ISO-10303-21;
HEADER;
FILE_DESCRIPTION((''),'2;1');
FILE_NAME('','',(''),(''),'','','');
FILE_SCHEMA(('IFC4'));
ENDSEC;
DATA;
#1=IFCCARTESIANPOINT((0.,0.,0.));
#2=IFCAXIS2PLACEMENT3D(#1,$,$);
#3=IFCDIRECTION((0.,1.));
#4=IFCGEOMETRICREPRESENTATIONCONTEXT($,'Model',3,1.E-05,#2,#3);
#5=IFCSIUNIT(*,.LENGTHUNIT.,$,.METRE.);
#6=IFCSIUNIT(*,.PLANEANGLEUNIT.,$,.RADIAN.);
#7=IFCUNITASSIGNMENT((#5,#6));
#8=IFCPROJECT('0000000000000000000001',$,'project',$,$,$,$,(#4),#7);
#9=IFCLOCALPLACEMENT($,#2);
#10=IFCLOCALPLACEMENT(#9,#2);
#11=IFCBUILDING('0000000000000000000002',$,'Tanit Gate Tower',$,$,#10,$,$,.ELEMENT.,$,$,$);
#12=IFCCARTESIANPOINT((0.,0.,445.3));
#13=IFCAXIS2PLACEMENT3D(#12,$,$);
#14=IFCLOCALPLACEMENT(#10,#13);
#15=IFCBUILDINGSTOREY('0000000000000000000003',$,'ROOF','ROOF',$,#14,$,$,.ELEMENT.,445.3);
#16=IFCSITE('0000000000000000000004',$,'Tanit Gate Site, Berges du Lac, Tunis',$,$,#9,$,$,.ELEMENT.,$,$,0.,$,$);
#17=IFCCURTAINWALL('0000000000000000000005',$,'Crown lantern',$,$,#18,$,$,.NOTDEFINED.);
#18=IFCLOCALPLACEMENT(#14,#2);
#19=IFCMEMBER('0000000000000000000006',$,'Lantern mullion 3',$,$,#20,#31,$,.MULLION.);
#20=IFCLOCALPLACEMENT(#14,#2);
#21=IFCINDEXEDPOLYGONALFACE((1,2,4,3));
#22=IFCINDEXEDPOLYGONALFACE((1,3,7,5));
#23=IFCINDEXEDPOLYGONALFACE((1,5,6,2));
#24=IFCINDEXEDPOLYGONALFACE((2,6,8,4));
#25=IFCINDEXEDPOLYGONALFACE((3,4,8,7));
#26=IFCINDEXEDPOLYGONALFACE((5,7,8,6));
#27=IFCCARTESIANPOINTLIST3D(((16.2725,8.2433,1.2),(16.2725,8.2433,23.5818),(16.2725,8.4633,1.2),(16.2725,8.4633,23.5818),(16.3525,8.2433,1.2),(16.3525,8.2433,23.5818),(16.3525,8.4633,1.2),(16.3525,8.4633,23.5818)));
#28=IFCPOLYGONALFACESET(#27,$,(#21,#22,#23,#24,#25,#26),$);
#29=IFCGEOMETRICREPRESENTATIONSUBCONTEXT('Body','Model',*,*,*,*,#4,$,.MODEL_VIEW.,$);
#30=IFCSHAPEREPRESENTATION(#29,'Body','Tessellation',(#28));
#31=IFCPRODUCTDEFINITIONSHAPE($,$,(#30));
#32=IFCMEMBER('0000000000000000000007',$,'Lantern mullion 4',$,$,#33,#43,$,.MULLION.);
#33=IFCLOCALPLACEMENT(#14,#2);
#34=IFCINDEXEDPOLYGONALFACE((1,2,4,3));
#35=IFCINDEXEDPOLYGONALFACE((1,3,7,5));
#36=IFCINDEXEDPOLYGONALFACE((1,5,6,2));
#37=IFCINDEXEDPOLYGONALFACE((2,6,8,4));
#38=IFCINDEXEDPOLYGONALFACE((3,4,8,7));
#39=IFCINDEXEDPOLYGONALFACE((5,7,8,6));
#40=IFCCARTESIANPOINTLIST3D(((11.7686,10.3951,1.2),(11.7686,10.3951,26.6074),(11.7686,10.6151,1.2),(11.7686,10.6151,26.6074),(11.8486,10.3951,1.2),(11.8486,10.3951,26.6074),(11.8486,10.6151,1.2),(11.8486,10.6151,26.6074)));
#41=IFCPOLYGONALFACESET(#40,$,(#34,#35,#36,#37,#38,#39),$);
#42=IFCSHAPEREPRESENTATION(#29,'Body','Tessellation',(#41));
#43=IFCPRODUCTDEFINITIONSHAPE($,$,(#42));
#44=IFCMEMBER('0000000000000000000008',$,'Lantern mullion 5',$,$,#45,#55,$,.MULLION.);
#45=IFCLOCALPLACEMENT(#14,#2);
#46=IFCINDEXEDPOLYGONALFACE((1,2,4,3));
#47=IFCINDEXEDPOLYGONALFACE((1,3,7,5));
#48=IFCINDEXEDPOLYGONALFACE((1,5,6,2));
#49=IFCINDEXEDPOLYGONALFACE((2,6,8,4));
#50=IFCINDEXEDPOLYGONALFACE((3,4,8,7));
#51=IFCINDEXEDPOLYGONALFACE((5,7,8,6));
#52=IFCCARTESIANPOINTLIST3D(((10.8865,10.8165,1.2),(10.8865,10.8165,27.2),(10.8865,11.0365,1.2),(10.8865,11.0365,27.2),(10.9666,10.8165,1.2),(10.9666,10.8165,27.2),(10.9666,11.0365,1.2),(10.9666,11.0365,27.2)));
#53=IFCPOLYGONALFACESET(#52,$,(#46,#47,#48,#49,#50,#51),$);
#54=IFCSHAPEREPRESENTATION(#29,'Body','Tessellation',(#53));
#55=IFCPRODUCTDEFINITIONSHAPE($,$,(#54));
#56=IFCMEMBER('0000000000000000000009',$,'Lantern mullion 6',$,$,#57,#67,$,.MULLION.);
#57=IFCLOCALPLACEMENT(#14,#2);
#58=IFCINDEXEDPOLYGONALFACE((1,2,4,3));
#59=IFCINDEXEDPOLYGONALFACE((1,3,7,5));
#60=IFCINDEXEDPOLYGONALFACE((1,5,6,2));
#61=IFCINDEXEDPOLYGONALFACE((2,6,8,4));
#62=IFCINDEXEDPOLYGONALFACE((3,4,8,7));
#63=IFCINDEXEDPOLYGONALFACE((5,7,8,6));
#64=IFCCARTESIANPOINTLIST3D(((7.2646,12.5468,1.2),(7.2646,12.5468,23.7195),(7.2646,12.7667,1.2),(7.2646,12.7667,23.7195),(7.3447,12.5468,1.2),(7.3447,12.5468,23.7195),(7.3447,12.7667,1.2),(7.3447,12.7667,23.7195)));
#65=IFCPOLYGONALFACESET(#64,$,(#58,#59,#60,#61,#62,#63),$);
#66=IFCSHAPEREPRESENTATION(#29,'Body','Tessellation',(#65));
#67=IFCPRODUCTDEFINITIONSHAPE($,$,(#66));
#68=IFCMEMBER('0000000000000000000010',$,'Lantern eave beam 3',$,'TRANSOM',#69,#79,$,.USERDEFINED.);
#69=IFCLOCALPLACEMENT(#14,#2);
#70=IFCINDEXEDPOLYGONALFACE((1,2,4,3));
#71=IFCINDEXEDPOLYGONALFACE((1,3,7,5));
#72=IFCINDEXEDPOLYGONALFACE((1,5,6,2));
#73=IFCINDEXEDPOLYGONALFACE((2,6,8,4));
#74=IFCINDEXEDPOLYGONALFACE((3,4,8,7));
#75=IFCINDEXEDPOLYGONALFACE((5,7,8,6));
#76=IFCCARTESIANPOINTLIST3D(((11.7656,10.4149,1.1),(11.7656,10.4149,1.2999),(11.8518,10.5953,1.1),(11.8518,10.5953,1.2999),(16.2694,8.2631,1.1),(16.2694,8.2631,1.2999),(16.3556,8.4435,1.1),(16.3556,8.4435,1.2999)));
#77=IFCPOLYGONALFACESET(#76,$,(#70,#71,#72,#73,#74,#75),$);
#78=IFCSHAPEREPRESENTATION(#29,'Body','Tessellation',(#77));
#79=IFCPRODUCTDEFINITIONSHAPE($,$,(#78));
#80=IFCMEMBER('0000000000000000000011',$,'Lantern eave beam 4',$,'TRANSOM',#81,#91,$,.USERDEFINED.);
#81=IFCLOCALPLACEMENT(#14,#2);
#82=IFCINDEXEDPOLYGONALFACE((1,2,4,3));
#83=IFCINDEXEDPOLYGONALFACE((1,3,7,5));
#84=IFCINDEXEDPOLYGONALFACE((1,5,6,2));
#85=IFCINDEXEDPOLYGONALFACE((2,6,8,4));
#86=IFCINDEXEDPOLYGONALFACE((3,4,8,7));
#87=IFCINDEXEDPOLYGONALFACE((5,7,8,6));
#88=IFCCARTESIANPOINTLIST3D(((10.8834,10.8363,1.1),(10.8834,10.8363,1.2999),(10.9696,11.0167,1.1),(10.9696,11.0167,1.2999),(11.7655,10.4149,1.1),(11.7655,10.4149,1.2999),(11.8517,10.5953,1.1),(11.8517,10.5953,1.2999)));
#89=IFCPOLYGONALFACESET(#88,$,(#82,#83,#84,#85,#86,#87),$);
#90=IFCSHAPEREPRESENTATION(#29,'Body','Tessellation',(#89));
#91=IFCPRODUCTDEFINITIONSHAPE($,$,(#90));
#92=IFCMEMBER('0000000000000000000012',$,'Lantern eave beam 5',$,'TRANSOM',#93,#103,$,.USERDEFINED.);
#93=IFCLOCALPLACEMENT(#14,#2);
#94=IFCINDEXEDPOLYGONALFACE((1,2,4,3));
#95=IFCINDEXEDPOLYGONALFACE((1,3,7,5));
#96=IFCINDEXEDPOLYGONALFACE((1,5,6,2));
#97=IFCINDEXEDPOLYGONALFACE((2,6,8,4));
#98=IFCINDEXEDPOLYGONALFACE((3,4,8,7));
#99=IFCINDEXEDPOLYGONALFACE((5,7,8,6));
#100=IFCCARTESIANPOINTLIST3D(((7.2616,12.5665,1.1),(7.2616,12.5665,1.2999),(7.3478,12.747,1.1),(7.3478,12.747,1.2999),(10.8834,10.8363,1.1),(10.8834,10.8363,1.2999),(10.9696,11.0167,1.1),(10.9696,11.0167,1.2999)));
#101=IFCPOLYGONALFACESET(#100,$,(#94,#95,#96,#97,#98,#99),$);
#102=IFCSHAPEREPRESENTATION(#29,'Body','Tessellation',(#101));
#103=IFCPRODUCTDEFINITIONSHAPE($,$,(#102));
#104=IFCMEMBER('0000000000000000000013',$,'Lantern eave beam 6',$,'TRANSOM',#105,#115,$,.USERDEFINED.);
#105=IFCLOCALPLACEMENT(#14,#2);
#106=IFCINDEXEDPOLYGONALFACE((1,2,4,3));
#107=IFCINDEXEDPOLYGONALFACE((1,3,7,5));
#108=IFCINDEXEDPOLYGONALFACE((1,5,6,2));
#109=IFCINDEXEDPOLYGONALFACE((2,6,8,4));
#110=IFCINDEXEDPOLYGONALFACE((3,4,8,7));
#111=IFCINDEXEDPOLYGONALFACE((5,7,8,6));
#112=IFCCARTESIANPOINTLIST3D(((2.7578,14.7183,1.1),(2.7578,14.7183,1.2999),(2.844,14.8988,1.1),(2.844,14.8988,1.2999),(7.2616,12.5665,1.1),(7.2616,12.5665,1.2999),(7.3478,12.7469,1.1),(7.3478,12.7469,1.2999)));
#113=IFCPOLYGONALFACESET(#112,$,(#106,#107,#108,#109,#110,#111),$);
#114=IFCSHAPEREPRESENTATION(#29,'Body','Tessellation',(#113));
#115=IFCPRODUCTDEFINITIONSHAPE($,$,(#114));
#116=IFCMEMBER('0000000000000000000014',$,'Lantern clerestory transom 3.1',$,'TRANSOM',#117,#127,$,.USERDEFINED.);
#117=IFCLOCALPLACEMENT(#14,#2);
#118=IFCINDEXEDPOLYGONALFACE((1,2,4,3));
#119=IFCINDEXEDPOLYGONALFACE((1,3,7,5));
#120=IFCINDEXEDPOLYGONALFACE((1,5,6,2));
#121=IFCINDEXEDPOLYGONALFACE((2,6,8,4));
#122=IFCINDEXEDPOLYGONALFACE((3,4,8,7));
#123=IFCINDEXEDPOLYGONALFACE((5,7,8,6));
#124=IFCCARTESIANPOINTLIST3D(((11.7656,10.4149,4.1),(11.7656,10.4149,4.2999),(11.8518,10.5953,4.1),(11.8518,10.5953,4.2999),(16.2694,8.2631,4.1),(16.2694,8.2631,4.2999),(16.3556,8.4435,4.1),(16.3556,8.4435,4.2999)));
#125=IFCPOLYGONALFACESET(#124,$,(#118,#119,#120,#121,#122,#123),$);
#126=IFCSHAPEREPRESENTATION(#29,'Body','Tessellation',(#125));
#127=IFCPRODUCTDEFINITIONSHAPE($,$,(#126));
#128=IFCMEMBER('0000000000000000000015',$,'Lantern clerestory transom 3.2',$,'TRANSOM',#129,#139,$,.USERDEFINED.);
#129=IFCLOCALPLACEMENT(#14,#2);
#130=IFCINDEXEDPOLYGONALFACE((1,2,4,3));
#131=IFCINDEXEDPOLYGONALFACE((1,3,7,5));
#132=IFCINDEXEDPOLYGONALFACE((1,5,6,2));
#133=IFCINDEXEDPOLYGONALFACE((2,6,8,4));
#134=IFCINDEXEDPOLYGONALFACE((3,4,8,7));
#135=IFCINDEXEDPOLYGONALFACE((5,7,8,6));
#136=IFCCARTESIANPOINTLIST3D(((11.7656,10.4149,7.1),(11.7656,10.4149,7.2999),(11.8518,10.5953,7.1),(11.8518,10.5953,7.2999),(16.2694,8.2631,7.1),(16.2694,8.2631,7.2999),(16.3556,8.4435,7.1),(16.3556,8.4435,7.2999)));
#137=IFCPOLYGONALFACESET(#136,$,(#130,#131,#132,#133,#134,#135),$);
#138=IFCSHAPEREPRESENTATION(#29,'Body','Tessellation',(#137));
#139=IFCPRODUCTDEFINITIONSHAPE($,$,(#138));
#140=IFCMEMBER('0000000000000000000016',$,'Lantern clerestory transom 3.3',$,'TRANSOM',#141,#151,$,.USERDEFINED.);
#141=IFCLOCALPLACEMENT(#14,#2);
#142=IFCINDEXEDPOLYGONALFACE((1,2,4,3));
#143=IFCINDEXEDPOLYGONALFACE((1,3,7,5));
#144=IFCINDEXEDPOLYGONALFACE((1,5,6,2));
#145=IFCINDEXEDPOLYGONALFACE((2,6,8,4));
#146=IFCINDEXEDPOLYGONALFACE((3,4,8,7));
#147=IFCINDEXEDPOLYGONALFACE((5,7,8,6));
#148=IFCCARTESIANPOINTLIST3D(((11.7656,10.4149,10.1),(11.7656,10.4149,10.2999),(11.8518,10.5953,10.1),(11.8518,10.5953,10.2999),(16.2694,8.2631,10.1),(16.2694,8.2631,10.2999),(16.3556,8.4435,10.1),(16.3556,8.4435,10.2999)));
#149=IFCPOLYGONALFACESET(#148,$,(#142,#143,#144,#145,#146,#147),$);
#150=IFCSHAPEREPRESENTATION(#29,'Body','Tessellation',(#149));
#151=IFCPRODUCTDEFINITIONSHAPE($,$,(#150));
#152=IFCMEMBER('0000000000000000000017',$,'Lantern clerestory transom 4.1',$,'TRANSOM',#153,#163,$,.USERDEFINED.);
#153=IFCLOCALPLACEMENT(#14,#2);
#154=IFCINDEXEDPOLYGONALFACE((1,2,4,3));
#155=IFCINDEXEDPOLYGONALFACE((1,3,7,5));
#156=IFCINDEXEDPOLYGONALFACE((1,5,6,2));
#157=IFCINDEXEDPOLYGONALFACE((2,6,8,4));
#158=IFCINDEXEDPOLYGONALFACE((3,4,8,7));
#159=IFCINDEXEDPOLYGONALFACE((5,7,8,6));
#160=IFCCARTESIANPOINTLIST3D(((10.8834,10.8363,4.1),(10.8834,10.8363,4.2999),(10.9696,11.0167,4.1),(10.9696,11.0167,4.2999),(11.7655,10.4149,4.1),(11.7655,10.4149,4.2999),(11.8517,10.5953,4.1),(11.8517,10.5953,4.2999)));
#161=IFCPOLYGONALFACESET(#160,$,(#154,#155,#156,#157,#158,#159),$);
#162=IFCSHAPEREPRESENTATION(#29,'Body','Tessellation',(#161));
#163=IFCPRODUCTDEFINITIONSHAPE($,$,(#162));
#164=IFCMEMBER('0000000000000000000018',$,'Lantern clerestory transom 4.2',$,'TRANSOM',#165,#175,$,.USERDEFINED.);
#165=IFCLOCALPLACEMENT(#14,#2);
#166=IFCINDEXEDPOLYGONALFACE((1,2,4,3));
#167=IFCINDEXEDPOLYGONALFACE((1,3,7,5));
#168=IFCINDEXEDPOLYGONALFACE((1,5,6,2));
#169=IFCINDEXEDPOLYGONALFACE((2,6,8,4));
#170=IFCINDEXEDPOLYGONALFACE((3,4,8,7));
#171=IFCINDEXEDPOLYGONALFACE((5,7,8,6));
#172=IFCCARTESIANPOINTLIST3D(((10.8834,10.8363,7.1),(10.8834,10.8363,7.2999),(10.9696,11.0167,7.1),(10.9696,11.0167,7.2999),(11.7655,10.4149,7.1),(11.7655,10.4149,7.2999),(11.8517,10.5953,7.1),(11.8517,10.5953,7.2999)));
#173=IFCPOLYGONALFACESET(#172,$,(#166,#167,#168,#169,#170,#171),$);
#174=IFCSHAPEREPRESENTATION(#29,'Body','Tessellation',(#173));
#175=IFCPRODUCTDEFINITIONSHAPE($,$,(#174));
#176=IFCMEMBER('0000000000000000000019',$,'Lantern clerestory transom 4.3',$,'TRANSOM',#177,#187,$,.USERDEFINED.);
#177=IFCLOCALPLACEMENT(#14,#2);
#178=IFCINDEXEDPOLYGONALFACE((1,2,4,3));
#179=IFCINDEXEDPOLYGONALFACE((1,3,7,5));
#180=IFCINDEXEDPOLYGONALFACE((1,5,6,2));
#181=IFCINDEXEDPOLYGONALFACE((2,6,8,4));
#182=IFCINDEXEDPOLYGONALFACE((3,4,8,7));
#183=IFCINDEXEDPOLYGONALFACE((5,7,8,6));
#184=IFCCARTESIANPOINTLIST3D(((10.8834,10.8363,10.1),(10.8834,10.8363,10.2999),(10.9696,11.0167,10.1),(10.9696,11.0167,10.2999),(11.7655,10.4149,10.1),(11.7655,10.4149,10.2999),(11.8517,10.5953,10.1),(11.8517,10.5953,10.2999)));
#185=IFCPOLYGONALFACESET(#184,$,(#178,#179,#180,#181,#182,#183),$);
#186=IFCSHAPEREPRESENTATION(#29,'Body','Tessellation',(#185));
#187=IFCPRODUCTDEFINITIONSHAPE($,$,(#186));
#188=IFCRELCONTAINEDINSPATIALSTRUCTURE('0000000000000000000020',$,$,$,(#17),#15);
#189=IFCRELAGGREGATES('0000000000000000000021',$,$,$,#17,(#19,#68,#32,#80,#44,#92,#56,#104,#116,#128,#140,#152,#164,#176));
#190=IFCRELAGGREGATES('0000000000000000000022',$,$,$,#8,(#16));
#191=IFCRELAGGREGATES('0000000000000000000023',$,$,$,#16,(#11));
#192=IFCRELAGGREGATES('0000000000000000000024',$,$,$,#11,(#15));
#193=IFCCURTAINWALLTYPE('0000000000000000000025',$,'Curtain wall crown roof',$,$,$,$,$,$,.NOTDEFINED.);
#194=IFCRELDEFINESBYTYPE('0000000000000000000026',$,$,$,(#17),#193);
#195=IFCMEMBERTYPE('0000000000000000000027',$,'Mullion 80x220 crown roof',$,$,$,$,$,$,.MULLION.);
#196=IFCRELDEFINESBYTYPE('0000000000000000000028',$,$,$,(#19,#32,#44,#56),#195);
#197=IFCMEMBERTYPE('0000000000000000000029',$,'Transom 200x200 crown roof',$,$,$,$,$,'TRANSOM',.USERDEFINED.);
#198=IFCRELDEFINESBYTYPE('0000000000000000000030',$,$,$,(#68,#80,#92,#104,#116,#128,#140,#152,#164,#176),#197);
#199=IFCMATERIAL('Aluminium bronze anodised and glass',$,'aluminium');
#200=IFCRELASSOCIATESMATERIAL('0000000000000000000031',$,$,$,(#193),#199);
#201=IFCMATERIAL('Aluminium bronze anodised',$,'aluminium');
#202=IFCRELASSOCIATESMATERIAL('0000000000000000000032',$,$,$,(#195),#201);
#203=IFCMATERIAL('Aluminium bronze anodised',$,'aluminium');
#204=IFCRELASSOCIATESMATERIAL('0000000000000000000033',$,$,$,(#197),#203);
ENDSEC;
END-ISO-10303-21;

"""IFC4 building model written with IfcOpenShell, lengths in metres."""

from ifc_helpers import new_model, si_unit, direction, frame, origin, origin_2d, place, context, subcontext, project, spatial, rectangle, extrude, material, material_profile, profile_set, type_object, element, aggregate, save


model = new_model("IFC4")

# Units and contexts
model_context = context("Model", 3, precision=1e-05, world=origin(), true_north=direction((0.0, 1.0)))
body_context = subcontext(model_context, "Body", "Model", "MODEL_VIEW")
ifc_project = project(units=[si_unit("LENGTHUNIT", "METRE"), si_unit("PLANEANGLEUNIT", "RADIAN")], contexts=[model_context])

# Site, building, storey
site_placement = place(None, origin())
site = spatial("IfcSite", under=ifc_project, at=site_placement, Name="Tanit Gate Site, Berges du Lac, Tunis", CompositionType="ELEMENT", RefElevation=0.0)
building_placement = place(site_placement, origin())
building = spatial("IfcBuilding", under=site, at=building_placement, Name="Tanit Gate Tower", CompositionType="ELEMENT")
storey_placement = place(building_placement, frame((0.0, 0.0, 445.3)))
storey = spatial("IfcBuildingStorey", under=building, at=storey_placement, Name="ROOF", Description="ROOF", CompositionType="ELEMENT", Elevation=445.3)

# Curtain wall, members
ifc_material_1 = material(Name="Aluminium bronze anodised and glass", Category="aluminium")
curtain_wall_type = type_object("IfcCurtainWallType", Name="Curtain wall crown roof", PredefinedType="NOTDEFINED", material=ifc_material_1)
curtain_wall_placement = place(storey_placement, origin())
curtain_wall = element("IfcCurtainWall", 1, at=curtain_wall_placement, inside=storey, type_object=curtain_wall_type, Name="Crown lantern", PredefinedType="NOTDEFINED")
ifc_material_2 = material(Name="Aluminium bronze anodised", Category="aluminium")
ifc_material_profile_1 = material_profile(ifc_material_2, rectangle(XDim=0.0801, YDim=0.22, at=origin_2d()), Name="80x220 bronze rafter")
ifc_profile_set_1 = profile_set([ifc_material_profile_1], Name="Aluminium bronze anodised")
member_type_1 = type_object("IfcMemberType", Name="Mullion 80x220 crown roof", PredefinedType="MULLION", material=ifc_profile_set_1)
member_1_placement = place(storey_placement, frame((16.3125, 8.3533, 1.2), z_axis=(0.0, 0.0, 1.0), x_axis=(1.0, 0.0, 0.0)))
member_1 = element("IfcMember", 2, at=member_1_placement, type_object=member_type_1, Name="Lantern mullion 3", PredefinedType="MULLION", context=body_context, shape_type="SweptSolid", body=[
    extrude(rectangle(XDim=0.0801, YDim=0.22, at=origin_2d()), origin(), (0.0, 0.0, 1.0), 22.3818),
])
member_2_placement = place(storey_placement, frame((11.8086, 10.5051, 1.2), z_axis=(0.0, 0.0, 1.0), x_axis=(1.0, 0.0, 0.0)))
member_2 = element("IfcMember", 3, at=member_2_placement, type_object=member_type_1, Name="Lantern mullion 4", PredefinedType="MULLION", context=body_context, shape_type="SweptSolid", body=[
    extrude(rectangle(XDim=0.0801, YDim=0.22, at=origin_2d()), origin(), (0.0, 0.0, 1.0), 25.4075),
])
member_3_placement = place(storey_placement, frame((10.9265, 10.9265, 1.2), z_axis=(0.0, 0.0, 1.0), x_axis=(1.0, 0.0, 0.0)))
member_3 = element("IfcMember", 4, at=member_3_placement, type_object=member_type_1, Name="Lantern mullion 5", PredefinedType="MULLION", context=body_context, shape_type="SweptSolid", body=[
    extrude(rectangle(XDim=0.0801, YDim=0.22, at=origin_2d()), origin(), (0.0, 0.0, 1.0), 26.0),
])
member_4_placement = place(storey_placement, frame((7.3047, 12.6567, 1.2), z_axis=(0.0, 0.0, 1.0), x_axis=(1.0, 0.0, 0.0)))
member_4 = element("IfcMember", 5, at=member_4_placement, type_object=member_type_1, Name="Lantern mullion 6", PredefinedType="MULLION", context=body_context, shape_type="SweptSolid", body=[
    extrude(rectangle(XDim=0.0801, YDim=0.22, at=origin_2d()), origin(), (0.0, 0.0, 1.0), 22.5195),
])
ifc_material_3 = material(Name="Aluminium bronze anodised", Category="aluminium")
ifc_material_profile_2 = material_profile(ifc_material_3, rectangle(XDim=0.2, YDim=0.2, at=origin_2d()), Name="200x200 bronze transom")
ifc_profile_set_2 = profile_set([ifc_material_profile_2], Name="Aluminium bronze anodised")
member_type_2 = type_object("IfcMemberType", Name="Transom 200x200 crown roof", ElementType="TRANSOM", PredefinedType="USERDEFINED", material=ifc_profile_set_2)
member_5_placement = place(storey_placement, frame((16.3125, 8.3533, 1.2), z_axis=(-0.902305, 0.431099, 0.0), x_axis=(-0.431099, -0.902305, 0.0)))
member_5 = element("IfcMember", 6, at=member_5_placement, type_object=member_type_2, Name="Lantern eave beam 3", ObjectType="TRANSOM", PredefinedType="USERDEFINED", context=body_context, shape_type="SweptSolid", body=[
    extrude(rectangle(XDim=0.2, YDim=0.2, at=origin_2d()), origin(), (0.0, 0.0, 1.0), 4.9915),
])
member_6_placement = place(storey_placement, frame((11.8086, 10.5051, 1.2), z_axis=(-0.902324, 0.431058, 0.0), x_axis=(-0.431058, -0.902324, 0.0)))
member_6 = element("IfcMember", 7, at=member_6_placement, type_object=member_type_2, Name="Lantern eave beam 4", ObjectType="TRANSOM", PredefinedType="USERDEFINED", context=body_context, shape_type="SweptSolid", body=[
    extrude(rectangle(XDim=0.2, YDim=0.2, at=origin_2d()), origin(), (0.0, 0.0, 1.0), 0.9775),
])
member_7_placement = place(storey_placement, frame((10.9265, 10.9265, 1.2), z_axis=(-0.902324, 0.431059, 0.0), x_axis=(-0.431059, -0.902324, 0.0)))
member_7 = element("IfcMember", 8, at=member_7_placement, type_object=member_type_2, Name="Lantern eave beam 5", ObjectType="TRANSOM", PredefinedType="USERDEFINED", context=body_context, shape_type="SweptSolid", body=[
    extrude(rectangle(XDim=0.2, YDim=0.2, at=origin_2d()), origin(), (0.0, 0.0, 1.0), 4.0139),
])
member_8_placement = place(storey_placement, frame((7.3047, 12.6567, 1.2), z_axis=(-0.902305, 0.431099, 0.0), x_axis=(-0.431099, -0.902305, 0.0)))
member_8 = element("IfcMember", 9, at=member_8_placement, type_object=member_type_2, Name="Lantern eave beam 6", ObjectType="TRANSOM", PredefinedType="USERDEFINED", context=body_context, shape_type="SweptSolid", body=[
    extrude(rectangle(XDim=0.2, YDim=0.2, at=origin_2d()), origin(), (0.0, 0.0, 1.0), 4.9915),
])
member_9_placement = place(storey_placement, frame((16.3125, 8.3533, 4.2), z_axis=(-0.902305, 0.431099, 0.0), x_axis=(-0.431099, -0.902305, 0.0)))
member_9 = element("IfcMember", 10, at=member_9_placement, type_object=member_type_2, Name="Lantern clerestory transom 3.1", ObjectType="TRANSOM", PredefinedType="USERDEFINED", context=body_context, shape_type="SweptSolid", body=[
    extrude(rectangle(XDim=0.2, YDim=0.2, at=origin_2d()), origin(), (0.0, 0.0, 1.0), 4.9915),
])
member_10_placement = place(storey_placement, frame((16.3125, 8.3533, 7.2), z_axis=(-0.902305, 0.431099, 0.0), x_axis=(-0.431099, -0.902305, 0.0)))
member_10 = element("IfcMember", 11, at=member_10_placement, type_object=member_type_2, Name="Lantern clerestory transom 3.2", ObjectType="TRANSOM", PredefinedType="USERDEFINED", context=body_context, shape_type="SweptSolid", body=[
    extrude(rectangle(XDim=0.2, YDim=0.2, at=origin_2d()), origin(), (0.0, 0.0, 1.0), 4.9915),
])
member_11_placement = place(storey_placement, frame((16.3125, 8.3533, 10.2), z_axis=(-0.902305, 0.431099, 0.0), x_axis=(-0.431099, -0.902305, 0.0)))
member_11 = element("IfcMember", 12, at=member_11_placement, type_object=member_type_2, Name="Lantern clerestory transom 3.3", ObjectType="TRANSOM", PredefinedType="USERDEFINED", context=body_context, shape_type="SweptSolid", body=[
    extrude(rectangle(XDim=0.2, YDim=0.2, at=origin_2d()), origin(), (0.0, 0.0, 1.0), 4.9915),
])
member_12_placement = place(storey_placement, frame((11.8086, 10.5051, 4.2), z_axis=(-0.902324, 0.431058, 0.0), x_axis=(-0.431058, -0.902324, 0.0)))
member_12 = element("IfcMember", 13, at=member_12_placement, type_object=member_type_2, Name="Lantern clerestory transom 4.1", ObjectType="TRANSOM", PredefinedType="USERDEFINED", context=body_context, shape_type="SweptSolid", body=[
    extrude(rectangle(XDim=0.2, YDim=0.2, at=origin_2d()), origin(), (0.0, 0.0, 1.0), 0.9775),
])
member_13_placement = place(storey_placement, frame((11.8086, 10.5051, 7.2), z_axis=(-0.902324, 0.431058, 0.0), x_axis=(-0.431058, -0.902324, 0.0)))
member_13 = element("IfcMember", 14, at=member_13_placement, type_object=member_type_2, Name="Lantern clerestory transom 4.2", ObjectType="TRANSOM", PredefinedType="USERDEFINED", context=body_context, shape_type="SweptSolid", body=[
    extrude(rectangle(XDim=0.2, YDim=0.2, at=origin_2d()), origin(), (0.0, 0.0, 1.0), 0.9775),
])
member_14_placement = place(storey_placement, frame((11.8086, 10.5051, 10.2), z_axis=(-0.902324, 0.431058, 0.0), x_axis=(-0.431058, -0.902324, 0.0)))
member_14 = element("IfcMember", 15, at=member_14_placement, type_object=member_type_2, Name="Lantern clerestory transom 4.3", ObjectType="TRANSOM", PredefinedType="USERDEFINED", context=body_context, shape_type="SweptSolid", body=[
    extrude(rectangle(XDim=0.2, YDim=0.2, at=origin_2d()), origin(), (0.0, 0.0, 1.0), 0.9775),
])
aggregate(curtain_wall, [member_1, member_5, member_2, member_6, member_3, member_7, member_4, member_8, member_9, member_10, member_11, member_12, member_13, member_14])

save(model, "model.ifc")
